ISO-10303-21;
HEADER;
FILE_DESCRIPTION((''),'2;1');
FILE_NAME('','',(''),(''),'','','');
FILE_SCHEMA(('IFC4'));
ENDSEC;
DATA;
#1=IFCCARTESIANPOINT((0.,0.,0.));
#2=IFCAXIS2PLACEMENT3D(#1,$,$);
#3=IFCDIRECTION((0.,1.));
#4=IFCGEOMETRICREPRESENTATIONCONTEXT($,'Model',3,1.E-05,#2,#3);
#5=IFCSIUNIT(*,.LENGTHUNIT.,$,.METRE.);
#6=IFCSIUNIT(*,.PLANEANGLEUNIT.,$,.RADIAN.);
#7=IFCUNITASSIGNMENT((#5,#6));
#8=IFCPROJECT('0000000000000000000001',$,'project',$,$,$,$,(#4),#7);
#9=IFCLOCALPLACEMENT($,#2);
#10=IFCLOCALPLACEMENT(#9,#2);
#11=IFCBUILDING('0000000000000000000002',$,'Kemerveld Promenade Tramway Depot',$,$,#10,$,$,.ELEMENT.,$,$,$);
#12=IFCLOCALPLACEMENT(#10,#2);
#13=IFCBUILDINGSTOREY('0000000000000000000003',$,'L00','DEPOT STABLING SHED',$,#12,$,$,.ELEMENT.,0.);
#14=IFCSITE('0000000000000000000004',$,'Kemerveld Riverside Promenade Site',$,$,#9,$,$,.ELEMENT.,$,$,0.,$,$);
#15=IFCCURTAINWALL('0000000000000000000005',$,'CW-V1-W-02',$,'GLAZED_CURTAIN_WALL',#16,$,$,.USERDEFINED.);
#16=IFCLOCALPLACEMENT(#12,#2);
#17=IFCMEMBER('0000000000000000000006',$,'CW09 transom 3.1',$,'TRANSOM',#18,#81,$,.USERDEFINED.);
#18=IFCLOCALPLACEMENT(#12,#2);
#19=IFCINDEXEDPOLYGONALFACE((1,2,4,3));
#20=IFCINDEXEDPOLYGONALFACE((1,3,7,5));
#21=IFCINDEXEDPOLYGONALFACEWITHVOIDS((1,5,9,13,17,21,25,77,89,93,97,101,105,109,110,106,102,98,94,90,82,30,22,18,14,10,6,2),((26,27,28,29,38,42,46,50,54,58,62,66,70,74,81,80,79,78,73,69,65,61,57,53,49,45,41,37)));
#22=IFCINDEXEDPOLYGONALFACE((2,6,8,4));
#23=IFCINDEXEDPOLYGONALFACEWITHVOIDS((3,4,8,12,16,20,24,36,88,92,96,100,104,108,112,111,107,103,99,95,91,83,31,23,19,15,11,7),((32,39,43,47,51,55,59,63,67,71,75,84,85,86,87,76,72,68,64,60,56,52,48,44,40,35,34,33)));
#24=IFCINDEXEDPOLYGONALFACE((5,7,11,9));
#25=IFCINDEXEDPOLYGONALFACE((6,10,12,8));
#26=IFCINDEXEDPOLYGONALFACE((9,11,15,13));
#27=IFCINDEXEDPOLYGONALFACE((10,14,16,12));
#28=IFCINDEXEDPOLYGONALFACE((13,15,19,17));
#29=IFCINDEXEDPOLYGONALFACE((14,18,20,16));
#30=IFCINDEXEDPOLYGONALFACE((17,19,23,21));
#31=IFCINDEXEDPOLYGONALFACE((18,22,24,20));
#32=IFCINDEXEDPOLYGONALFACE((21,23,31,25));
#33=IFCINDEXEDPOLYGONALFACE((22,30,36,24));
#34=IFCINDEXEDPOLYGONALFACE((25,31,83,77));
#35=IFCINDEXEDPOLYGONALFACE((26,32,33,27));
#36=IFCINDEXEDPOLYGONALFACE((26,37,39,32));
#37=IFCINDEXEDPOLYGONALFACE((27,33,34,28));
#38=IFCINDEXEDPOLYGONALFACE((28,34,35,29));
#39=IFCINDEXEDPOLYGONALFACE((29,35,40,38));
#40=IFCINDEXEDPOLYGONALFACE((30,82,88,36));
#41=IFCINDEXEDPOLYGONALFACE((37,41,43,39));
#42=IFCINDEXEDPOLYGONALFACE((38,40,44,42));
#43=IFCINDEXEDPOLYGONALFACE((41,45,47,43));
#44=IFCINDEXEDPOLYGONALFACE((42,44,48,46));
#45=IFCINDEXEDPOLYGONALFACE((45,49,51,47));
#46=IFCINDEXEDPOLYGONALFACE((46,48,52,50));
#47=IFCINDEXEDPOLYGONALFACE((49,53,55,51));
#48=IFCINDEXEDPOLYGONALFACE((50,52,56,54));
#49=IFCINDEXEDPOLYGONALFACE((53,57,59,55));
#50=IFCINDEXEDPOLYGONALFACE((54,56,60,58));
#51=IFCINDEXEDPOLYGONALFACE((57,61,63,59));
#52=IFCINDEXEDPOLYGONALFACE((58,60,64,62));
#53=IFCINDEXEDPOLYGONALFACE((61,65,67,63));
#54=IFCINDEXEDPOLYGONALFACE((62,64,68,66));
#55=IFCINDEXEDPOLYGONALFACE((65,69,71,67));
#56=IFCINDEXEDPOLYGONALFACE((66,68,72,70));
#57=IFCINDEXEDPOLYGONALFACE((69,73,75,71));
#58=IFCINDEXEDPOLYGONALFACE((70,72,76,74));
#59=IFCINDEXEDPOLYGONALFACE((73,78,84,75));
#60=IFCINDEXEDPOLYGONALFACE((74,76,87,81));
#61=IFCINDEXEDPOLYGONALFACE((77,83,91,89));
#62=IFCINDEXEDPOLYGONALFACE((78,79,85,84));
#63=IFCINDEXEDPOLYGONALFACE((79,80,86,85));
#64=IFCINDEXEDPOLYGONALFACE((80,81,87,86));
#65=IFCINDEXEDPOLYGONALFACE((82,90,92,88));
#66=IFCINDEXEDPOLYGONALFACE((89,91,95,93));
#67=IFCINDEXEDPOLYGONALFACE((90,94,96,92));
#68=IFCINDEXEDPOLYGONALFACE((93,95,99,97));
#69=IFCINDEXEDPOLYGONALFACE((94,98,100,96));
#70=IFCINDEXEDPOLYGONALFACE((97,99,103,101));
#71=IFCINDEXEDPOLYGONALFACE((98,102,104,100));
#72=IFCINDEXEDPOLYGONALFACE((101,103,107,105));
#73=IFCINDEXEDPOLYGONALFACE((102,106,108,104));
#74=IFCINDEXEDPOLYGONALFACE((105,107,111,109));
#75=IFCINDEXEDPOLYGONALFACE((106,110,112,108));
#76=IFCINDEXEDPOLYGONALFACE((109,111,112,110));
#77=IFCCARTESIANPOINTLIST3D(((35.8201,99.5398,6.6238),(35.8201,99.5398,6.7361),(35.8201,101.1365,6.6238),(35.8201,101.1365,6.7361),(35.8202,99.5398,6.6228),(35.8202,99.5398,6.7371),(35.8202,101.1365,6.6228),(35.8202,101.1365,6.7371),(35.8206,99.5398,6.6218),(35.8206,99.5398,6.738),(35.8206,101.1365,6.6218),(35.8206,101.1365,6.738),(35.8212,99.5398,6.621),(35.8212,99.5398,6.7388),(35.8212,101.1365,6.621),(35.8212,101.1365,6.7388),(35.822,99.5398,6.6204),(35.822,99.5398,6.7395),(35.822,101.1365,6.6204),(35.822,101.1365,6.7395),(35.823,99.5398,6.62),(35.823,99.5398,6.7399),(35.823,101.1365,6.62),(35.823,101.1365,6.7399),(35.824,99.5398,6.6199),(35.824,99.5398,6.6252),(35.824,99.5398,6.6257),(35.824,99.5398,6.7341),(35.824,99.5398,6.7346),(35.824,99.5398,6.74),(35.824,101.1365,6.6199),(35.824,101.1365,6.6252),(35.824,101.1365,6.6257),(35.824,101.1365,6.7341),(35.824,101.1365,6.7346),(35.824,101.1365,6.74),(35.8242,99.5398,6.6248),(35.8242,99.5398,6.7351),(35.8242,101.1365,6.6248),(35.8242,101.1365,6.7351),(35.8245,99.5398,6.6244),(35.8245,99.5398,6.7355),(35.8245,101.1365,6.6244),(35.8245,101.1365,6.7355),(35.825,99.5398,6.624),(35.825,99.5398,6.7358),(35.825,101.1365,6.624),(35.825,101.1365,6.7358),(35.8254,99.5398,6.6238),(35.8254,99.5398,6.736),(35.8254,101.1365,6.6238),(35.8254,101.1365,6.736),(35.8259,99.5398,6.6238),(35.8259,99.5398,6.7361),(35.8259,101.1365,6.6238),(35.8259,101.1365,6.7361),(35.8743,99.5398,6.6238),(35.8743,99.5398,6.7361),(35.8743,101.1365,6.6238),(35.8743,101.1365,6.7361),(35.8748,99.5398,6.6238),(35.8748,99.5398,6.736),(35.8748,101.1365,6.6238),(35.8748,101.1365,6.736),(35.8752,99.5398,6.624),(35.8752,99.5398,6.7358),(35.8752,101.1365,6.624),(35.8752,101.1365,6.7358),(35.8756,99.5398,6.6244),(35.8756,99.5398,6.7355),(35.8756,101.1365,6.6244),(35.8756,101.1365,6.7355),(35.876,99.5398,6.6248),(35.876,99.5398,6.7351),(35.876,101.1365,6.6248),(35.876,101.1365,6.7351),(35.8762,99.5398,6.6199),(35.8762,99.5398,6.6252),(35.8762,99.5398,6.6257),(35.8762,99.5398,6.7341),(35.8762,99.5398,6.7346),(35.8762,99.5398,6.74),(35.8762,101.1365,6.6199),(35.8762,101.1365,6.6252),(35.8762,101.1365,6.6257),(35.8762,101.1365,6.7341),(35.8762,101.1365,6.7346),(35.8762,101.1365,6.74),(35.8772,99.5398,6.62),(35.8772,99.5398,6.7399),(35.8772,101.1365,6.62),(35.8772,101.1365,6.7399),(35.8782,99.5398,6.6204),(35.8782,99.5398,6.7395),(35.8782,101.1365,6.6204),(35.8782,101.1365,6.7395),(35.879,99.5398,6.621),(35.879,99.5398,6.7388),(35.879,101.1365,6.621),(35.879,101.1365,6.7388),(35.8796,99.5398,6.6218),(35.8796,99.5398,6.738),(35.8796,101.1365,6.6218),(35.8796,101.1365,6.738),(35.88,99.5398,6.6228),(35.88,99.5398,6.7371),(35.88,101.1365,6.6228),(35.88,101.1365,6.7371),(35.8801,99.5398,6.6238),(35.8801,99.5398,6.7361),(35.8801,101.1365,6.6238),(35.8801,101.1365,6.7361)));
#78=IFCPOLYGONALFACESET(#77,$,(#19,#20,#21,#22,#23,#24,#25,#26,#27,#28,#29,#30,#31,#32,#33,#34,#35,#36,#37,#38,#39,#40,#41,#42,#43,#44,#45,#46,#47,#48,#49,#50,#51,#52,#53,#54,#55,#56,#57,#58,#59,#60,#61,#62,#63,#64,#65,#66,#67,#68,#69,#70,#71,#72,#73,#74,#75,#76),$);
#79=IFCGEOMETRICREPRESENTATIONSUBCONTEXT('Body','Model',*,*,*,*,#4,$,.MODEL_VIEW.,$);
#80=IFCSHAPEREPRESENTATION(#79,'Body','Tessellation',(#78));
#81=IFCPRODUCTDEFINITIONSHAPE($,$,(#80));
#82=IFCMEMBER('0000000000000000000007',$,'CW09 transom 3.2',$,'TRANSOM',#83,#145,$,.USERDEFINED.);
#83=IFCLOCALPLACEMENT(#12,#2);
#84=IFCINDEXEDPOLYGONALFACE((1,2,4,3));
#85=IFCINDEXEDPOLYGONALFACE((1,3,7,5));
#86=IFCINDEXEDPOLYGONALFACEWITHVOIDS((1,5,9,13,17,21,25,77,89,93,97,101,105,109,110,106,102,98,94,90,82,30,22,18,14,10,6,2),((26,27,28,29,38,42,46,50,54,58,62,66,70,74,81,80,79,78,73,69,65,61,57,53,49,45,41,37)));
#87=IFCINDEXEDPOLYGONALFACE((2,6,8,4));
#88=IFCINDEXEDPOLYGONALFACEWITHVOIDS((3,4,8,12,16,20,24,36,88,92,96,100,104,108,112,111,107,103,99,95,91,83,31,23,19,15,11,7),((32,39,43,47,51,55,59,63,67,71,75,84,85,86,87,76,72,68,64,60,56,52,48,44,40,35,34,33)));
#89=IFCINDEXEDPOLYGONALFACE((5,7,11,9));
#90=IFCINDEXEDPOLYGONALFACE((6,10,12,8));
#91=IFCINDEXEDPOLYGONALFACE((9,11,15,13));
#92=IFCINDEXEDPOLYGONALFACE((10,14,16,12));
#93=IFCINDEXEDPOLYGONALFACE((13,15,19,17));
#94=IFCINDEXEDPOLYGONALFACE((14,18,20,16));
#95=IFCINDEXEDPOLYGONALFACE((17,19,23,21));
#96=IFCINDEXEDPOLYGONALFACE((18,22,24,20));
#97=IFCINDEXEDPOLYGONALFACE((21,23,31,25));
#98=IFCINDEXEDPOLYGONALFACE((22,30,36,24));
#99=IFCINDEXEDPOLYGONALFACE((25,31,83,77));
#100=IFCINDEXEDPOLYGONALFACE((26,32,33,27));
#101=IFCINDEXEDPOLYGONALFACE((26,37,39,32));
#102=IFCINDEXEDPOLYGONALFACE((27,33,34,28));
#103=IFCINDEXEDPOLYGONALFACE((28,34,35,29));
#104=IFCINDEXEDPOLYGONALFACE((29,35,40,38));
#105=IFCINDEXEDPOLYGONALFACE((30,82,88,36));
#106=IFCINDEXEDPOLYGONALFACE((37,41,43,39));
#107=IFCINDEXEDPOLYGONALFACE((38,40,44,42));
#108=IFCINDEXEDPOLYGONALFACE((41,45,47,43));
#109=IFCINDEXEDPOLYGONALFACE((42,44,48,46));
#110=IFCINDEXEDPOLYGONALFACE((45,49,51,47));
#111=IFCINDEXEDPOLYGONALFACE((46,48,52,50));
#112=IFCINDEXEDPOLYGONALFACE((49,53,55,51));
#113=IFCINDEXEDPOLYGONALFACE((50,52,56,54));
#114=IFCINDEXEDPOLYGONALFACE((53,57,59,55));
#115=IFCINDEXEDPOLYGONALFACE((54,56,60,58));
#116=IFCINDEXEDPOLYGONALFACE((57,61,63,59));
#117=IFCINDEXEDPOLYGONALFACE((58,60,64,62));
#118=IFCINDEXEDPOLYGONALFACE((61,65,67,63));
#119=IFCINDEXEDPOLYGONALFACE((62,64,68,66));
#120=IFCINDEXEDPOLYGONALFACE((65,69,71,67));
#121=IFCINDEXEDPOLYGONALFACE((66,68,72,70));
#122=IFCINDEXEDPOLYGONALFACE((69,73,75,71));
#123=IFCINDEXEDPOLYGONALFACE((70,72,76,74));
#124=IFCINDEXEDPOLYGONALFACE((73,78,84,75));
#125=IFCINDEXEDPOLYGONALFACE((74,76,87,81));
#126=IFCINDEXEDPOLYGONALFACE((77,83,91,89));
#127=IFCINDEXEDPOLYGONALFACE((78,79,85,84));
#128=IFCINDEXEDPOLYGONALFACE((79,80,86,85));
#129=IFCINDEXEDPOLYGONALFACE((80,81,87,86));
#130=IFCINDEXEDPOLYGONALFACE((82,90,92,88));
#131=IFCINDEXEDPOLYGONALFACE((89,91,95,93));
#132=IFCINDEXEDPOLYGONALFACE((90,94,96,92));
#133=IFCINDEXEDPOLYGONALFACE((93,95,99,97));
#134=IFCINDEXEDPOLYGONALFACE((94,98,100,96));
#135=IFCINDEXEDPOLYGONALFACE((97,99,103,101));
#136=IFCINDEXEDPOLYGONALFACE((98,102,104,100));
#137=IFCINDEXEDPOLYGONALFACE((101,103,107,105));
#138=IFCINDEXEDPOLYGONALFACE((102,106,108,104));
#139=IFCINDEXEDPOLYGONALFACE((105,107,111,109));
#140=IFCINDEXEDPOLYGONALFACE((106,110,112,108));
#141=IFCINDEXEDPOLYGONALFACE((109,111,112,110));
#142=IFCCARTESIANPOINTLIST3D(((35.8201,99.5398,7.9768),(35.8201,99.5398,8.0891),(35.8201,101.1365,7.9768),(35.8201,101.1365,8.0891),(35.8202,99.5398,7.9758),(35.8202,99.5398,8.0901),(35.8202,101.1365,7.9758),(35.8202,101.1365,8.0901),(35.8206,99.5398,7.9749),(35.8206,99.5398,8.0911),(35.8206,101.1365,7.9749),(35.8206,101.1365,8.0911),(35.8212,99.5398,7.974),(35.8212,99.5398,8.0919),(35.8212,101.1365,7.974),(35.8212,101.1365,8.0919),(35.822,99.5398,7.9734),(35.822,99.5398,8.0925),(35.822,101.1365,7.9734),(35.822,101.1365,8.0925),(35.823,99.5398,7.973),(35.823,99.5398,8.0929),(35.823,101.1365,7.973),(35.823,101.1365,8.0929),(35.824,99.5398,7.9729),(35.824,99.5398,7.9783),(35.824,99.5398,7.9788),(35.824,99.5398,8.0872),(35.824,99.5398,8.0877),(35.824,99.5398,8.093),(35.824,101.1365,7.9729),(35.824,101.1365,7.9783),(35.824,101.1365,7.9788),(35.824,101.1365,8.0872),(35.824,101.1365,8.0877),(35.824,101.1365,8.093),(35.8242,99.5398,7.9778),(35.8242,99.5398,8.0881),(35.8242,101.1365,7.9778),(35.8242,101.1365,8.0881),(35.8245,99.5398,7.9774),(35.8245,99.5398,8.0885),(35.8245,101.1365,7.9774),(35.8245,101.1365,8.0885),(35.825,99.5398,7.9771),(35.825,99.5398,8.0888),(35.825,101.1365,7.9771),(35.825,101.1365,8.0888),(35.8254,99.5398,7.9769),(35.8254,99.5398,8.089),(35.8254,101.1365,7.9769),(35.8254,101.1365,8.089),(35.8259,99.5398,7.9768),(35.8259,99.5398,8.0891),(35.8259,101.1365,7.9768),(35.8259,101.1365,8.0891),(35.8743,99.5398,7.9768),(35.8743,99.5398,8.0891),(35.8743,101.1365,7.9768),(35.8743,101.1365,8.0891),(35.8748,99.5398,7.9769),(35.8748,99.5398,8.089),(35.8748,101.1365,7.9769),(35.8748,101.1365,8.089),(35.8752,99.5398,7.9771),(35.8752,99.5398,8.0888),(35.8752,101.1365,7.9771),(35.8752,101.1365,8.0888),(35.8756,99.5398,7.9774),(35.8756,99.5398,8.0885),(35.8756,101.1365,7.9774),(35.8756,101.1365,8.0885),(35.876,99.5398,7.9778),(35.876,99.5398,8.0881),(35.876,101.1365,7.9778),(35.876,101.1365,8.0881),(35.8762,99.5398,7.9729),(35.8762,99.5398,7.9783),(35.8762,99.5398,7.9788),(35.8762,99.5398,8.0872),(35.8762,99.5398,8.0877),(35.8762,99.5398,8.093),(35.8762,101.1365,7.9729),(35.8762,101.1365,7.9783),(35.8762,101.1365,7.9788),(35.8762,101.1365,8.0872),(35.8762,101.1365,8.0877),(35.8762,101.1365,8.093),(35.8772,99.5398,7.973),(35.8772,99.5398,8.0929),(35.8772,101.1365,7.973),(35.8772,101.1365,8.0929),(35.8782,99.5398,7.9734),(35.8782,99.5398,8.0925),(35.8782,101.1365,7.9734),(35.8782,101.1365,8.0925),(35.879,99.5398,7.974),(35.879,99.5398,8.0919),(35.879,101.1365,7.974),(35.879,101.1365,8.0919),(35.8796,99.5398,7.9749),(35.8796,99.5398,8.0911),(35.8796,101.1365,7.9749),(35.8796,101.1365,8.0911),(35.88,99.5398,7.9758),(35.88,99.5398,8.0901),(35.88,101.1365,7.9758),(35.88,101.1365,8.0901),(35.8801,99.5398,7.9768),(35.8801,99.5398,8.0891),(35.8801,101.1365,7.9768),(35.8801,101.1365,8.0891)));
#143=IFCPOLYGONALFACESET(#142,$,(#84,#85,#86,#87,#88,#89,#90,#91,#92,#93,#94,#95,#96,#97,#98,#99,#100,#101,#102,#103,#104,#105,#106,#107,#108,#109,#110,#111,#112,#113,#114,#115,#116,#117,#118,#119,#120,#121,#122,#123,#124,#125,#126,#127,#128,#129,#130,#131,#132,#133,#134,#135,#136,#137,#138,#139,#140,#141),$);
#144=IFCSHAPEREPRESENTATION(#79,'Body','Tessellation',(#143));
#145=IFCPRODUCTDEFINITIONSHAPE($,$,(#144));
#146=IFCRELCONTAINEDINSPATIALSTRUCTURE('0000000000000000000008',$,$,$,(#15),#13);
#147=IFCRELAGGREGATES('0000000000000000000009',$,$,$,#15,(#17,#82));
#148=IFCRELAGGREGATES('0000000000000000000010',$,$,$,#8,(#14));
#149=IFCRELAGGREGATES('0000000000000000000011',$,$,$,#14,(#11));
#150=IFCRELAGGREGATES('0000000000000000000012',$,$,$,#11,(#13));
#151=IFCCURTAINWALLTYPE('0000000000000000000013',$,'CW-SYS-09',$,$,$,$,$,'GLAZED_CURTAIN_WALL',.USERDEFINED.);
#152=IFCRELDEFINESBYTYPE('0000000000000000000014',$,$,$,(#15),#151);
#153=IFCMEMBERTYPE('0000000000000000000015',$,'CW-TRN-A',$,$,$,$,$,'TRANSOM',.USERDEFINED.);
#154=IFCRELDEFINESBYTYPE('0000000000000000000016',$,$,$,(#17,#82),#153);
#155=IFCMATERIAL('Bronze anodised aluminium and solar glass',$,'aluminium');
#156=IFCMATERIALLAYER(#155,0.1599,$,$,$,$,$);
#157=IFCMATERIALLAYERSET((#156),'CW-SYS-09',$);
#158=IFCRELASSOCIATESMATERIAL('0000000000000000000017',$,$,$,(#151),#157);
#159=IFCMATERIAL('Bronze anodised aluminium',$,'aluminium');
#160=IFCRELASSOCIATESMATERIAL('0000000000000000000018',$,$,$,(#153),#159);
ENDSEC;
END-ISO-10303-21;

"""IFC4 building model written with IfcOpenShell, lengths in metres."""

from ifc_helpers import new_model, si_unit, direction, frame, origin, origin_2d, place, context, subcontext, project, spatial, hollow_rectangle, extrude, material, layer, layer_set, material_profile, profile_set, type_object, element, aggregate, save


model = new_model("IFC4")

# Units and contexts
model_context = context("Model", 3, precision=1e-05, world=origin(), true_north=direction((0.0, 1.0)))
body_context = subcontext(model_context, "Body", "Model", "MODEL_VIEW")
ifc_project = project(units=[si_unit("LENGTHUNIT", "METRE"), si_unit("PLANEANGLEUNIT", "RADIAN")], contexts=[model_context])

# Site, building, storey
site_placement = place(None, origin())
site = spatial("IfcSite", under=ifc_project, at=site_placement, Name="Kemerveld Riverside Promenade Site", CompositionType="ELEMENT", RefElevation=0.0)
building_placement = place(site_placement, origin())
building = spatial("IfcBuilding", under=site, at=building_placement, Name="Kemerveld Promenade Tramway Depot", CompositionType="ELEMENT")
storey_placement = place(building_placement, origin())
storey = spatial("IfcBuildingStorey", under=building, at=storey_placement, Name="L00", Description="DEPOT STABLING SHED", CompositionType="ELEMENT", Elevation=0.0)

# Curtain wall
ifc_material_1 = material(Name="Bronze anodised aluminium and solar glass", Category="aluminium")
ifc_layer_1 = layer(ifc_material_1, 0.1599)
ifc_layer_set_1 = layer_set([ifc_layer_1], Name="CW-SYS-09")
curtain_wall_type_1 = type_object("IfcCurtainWallType", Name="CW-SYS-09", ElementType="GLAZED_CURTAIN_WALL", PredefinedType="USERDEFINED", material=ifc_layer_set_1)
curtain_wall_1_placement = place(storey_placement, origin())
curtain_wall_1 = element("IfcCurtainWall", 1, at=curtain_wall_1_placement, inside=storey, type_object=curtain_wall_type_1, Name="CW-V1-W-02", ObjectType="GLAZED_CURTAIN_WALL", PredefinedType="USERDEFINED")
ifc_material_2 = material(Name="Bronze anodised aluminium", Category="aluminium")

# Members
ifc_material_profile_1 = material_profile(ifc_material_2, hollow_rectangle(XDim=0.0601, YDim=0.1201, WallThickness=0.0039, InnerFilletRadius=0.002, OuterFilletRadius=0.0039, at=origin_2d()), Name="CW-TRN-120x60")
ifc_profile_set_1 = profile_set([ifc_material_profile_1], Name="Bronze anodised aluminium")
member_type_1 = type_object("IfcMemberType", Name="CW-TRN-A", ElementType="TRANSOM", PredefinedType="USERDEFINED", material=ifc_profile_set_1)
member_1_placement = place(storey_placement, frame((35.8501, 99.5398, 6.6799), z_axis=(0.0, 1.0, 0.0), x_axis=(-1.0, 0.0, 0.0)))
member_1 = element("IfcMember", 2, at=member_1_placement, type_object=member_type_1, Name="CW09 transom 3.1", ObjectType="TRANSOM", PredefinedType="USERDEFINED", context=body_context, shape_type="SweptSolid", body=[
    extrude(hollow_rectangle(XDim=0.0601, YDim=0.1201, WallThickness=0.0039, InnerFilletRadius=0.002, OuterFilletRadius=0.0039, at=origin_2d()), origin(), (0.0, 0.0, 1.0), 1.5967),
])
member_2_placement = place(storey_placement, frame((35.8501, 99.5398, 8.033), z_axis=(0.0, 1.0, 0.0), x_axis=(-1.0, 0.0, 0.0)))
member_2 = element("IfcMember", 3, at=member_2_placement, type_object=member_type_1, Name="CW09 transom 3.2", ObjectType="TRANSOM", PredefinedType="USERDEFINED", context=body_context, shape_type="SweptSolid", body=[
    extrude(hollow_rectangle(XDim=0.0601, YDim=0.1201, WallThickness=0.0039, InnerFilletRadius=0.002, OuterFilletRadius=0.0039, at=origin_2d()), origin(), (0.0, 0.0, 1.0), 1.5967),
])

aggregate(curtain_wall_1, [member_1, member_2])

save(model, "model.ifc")
